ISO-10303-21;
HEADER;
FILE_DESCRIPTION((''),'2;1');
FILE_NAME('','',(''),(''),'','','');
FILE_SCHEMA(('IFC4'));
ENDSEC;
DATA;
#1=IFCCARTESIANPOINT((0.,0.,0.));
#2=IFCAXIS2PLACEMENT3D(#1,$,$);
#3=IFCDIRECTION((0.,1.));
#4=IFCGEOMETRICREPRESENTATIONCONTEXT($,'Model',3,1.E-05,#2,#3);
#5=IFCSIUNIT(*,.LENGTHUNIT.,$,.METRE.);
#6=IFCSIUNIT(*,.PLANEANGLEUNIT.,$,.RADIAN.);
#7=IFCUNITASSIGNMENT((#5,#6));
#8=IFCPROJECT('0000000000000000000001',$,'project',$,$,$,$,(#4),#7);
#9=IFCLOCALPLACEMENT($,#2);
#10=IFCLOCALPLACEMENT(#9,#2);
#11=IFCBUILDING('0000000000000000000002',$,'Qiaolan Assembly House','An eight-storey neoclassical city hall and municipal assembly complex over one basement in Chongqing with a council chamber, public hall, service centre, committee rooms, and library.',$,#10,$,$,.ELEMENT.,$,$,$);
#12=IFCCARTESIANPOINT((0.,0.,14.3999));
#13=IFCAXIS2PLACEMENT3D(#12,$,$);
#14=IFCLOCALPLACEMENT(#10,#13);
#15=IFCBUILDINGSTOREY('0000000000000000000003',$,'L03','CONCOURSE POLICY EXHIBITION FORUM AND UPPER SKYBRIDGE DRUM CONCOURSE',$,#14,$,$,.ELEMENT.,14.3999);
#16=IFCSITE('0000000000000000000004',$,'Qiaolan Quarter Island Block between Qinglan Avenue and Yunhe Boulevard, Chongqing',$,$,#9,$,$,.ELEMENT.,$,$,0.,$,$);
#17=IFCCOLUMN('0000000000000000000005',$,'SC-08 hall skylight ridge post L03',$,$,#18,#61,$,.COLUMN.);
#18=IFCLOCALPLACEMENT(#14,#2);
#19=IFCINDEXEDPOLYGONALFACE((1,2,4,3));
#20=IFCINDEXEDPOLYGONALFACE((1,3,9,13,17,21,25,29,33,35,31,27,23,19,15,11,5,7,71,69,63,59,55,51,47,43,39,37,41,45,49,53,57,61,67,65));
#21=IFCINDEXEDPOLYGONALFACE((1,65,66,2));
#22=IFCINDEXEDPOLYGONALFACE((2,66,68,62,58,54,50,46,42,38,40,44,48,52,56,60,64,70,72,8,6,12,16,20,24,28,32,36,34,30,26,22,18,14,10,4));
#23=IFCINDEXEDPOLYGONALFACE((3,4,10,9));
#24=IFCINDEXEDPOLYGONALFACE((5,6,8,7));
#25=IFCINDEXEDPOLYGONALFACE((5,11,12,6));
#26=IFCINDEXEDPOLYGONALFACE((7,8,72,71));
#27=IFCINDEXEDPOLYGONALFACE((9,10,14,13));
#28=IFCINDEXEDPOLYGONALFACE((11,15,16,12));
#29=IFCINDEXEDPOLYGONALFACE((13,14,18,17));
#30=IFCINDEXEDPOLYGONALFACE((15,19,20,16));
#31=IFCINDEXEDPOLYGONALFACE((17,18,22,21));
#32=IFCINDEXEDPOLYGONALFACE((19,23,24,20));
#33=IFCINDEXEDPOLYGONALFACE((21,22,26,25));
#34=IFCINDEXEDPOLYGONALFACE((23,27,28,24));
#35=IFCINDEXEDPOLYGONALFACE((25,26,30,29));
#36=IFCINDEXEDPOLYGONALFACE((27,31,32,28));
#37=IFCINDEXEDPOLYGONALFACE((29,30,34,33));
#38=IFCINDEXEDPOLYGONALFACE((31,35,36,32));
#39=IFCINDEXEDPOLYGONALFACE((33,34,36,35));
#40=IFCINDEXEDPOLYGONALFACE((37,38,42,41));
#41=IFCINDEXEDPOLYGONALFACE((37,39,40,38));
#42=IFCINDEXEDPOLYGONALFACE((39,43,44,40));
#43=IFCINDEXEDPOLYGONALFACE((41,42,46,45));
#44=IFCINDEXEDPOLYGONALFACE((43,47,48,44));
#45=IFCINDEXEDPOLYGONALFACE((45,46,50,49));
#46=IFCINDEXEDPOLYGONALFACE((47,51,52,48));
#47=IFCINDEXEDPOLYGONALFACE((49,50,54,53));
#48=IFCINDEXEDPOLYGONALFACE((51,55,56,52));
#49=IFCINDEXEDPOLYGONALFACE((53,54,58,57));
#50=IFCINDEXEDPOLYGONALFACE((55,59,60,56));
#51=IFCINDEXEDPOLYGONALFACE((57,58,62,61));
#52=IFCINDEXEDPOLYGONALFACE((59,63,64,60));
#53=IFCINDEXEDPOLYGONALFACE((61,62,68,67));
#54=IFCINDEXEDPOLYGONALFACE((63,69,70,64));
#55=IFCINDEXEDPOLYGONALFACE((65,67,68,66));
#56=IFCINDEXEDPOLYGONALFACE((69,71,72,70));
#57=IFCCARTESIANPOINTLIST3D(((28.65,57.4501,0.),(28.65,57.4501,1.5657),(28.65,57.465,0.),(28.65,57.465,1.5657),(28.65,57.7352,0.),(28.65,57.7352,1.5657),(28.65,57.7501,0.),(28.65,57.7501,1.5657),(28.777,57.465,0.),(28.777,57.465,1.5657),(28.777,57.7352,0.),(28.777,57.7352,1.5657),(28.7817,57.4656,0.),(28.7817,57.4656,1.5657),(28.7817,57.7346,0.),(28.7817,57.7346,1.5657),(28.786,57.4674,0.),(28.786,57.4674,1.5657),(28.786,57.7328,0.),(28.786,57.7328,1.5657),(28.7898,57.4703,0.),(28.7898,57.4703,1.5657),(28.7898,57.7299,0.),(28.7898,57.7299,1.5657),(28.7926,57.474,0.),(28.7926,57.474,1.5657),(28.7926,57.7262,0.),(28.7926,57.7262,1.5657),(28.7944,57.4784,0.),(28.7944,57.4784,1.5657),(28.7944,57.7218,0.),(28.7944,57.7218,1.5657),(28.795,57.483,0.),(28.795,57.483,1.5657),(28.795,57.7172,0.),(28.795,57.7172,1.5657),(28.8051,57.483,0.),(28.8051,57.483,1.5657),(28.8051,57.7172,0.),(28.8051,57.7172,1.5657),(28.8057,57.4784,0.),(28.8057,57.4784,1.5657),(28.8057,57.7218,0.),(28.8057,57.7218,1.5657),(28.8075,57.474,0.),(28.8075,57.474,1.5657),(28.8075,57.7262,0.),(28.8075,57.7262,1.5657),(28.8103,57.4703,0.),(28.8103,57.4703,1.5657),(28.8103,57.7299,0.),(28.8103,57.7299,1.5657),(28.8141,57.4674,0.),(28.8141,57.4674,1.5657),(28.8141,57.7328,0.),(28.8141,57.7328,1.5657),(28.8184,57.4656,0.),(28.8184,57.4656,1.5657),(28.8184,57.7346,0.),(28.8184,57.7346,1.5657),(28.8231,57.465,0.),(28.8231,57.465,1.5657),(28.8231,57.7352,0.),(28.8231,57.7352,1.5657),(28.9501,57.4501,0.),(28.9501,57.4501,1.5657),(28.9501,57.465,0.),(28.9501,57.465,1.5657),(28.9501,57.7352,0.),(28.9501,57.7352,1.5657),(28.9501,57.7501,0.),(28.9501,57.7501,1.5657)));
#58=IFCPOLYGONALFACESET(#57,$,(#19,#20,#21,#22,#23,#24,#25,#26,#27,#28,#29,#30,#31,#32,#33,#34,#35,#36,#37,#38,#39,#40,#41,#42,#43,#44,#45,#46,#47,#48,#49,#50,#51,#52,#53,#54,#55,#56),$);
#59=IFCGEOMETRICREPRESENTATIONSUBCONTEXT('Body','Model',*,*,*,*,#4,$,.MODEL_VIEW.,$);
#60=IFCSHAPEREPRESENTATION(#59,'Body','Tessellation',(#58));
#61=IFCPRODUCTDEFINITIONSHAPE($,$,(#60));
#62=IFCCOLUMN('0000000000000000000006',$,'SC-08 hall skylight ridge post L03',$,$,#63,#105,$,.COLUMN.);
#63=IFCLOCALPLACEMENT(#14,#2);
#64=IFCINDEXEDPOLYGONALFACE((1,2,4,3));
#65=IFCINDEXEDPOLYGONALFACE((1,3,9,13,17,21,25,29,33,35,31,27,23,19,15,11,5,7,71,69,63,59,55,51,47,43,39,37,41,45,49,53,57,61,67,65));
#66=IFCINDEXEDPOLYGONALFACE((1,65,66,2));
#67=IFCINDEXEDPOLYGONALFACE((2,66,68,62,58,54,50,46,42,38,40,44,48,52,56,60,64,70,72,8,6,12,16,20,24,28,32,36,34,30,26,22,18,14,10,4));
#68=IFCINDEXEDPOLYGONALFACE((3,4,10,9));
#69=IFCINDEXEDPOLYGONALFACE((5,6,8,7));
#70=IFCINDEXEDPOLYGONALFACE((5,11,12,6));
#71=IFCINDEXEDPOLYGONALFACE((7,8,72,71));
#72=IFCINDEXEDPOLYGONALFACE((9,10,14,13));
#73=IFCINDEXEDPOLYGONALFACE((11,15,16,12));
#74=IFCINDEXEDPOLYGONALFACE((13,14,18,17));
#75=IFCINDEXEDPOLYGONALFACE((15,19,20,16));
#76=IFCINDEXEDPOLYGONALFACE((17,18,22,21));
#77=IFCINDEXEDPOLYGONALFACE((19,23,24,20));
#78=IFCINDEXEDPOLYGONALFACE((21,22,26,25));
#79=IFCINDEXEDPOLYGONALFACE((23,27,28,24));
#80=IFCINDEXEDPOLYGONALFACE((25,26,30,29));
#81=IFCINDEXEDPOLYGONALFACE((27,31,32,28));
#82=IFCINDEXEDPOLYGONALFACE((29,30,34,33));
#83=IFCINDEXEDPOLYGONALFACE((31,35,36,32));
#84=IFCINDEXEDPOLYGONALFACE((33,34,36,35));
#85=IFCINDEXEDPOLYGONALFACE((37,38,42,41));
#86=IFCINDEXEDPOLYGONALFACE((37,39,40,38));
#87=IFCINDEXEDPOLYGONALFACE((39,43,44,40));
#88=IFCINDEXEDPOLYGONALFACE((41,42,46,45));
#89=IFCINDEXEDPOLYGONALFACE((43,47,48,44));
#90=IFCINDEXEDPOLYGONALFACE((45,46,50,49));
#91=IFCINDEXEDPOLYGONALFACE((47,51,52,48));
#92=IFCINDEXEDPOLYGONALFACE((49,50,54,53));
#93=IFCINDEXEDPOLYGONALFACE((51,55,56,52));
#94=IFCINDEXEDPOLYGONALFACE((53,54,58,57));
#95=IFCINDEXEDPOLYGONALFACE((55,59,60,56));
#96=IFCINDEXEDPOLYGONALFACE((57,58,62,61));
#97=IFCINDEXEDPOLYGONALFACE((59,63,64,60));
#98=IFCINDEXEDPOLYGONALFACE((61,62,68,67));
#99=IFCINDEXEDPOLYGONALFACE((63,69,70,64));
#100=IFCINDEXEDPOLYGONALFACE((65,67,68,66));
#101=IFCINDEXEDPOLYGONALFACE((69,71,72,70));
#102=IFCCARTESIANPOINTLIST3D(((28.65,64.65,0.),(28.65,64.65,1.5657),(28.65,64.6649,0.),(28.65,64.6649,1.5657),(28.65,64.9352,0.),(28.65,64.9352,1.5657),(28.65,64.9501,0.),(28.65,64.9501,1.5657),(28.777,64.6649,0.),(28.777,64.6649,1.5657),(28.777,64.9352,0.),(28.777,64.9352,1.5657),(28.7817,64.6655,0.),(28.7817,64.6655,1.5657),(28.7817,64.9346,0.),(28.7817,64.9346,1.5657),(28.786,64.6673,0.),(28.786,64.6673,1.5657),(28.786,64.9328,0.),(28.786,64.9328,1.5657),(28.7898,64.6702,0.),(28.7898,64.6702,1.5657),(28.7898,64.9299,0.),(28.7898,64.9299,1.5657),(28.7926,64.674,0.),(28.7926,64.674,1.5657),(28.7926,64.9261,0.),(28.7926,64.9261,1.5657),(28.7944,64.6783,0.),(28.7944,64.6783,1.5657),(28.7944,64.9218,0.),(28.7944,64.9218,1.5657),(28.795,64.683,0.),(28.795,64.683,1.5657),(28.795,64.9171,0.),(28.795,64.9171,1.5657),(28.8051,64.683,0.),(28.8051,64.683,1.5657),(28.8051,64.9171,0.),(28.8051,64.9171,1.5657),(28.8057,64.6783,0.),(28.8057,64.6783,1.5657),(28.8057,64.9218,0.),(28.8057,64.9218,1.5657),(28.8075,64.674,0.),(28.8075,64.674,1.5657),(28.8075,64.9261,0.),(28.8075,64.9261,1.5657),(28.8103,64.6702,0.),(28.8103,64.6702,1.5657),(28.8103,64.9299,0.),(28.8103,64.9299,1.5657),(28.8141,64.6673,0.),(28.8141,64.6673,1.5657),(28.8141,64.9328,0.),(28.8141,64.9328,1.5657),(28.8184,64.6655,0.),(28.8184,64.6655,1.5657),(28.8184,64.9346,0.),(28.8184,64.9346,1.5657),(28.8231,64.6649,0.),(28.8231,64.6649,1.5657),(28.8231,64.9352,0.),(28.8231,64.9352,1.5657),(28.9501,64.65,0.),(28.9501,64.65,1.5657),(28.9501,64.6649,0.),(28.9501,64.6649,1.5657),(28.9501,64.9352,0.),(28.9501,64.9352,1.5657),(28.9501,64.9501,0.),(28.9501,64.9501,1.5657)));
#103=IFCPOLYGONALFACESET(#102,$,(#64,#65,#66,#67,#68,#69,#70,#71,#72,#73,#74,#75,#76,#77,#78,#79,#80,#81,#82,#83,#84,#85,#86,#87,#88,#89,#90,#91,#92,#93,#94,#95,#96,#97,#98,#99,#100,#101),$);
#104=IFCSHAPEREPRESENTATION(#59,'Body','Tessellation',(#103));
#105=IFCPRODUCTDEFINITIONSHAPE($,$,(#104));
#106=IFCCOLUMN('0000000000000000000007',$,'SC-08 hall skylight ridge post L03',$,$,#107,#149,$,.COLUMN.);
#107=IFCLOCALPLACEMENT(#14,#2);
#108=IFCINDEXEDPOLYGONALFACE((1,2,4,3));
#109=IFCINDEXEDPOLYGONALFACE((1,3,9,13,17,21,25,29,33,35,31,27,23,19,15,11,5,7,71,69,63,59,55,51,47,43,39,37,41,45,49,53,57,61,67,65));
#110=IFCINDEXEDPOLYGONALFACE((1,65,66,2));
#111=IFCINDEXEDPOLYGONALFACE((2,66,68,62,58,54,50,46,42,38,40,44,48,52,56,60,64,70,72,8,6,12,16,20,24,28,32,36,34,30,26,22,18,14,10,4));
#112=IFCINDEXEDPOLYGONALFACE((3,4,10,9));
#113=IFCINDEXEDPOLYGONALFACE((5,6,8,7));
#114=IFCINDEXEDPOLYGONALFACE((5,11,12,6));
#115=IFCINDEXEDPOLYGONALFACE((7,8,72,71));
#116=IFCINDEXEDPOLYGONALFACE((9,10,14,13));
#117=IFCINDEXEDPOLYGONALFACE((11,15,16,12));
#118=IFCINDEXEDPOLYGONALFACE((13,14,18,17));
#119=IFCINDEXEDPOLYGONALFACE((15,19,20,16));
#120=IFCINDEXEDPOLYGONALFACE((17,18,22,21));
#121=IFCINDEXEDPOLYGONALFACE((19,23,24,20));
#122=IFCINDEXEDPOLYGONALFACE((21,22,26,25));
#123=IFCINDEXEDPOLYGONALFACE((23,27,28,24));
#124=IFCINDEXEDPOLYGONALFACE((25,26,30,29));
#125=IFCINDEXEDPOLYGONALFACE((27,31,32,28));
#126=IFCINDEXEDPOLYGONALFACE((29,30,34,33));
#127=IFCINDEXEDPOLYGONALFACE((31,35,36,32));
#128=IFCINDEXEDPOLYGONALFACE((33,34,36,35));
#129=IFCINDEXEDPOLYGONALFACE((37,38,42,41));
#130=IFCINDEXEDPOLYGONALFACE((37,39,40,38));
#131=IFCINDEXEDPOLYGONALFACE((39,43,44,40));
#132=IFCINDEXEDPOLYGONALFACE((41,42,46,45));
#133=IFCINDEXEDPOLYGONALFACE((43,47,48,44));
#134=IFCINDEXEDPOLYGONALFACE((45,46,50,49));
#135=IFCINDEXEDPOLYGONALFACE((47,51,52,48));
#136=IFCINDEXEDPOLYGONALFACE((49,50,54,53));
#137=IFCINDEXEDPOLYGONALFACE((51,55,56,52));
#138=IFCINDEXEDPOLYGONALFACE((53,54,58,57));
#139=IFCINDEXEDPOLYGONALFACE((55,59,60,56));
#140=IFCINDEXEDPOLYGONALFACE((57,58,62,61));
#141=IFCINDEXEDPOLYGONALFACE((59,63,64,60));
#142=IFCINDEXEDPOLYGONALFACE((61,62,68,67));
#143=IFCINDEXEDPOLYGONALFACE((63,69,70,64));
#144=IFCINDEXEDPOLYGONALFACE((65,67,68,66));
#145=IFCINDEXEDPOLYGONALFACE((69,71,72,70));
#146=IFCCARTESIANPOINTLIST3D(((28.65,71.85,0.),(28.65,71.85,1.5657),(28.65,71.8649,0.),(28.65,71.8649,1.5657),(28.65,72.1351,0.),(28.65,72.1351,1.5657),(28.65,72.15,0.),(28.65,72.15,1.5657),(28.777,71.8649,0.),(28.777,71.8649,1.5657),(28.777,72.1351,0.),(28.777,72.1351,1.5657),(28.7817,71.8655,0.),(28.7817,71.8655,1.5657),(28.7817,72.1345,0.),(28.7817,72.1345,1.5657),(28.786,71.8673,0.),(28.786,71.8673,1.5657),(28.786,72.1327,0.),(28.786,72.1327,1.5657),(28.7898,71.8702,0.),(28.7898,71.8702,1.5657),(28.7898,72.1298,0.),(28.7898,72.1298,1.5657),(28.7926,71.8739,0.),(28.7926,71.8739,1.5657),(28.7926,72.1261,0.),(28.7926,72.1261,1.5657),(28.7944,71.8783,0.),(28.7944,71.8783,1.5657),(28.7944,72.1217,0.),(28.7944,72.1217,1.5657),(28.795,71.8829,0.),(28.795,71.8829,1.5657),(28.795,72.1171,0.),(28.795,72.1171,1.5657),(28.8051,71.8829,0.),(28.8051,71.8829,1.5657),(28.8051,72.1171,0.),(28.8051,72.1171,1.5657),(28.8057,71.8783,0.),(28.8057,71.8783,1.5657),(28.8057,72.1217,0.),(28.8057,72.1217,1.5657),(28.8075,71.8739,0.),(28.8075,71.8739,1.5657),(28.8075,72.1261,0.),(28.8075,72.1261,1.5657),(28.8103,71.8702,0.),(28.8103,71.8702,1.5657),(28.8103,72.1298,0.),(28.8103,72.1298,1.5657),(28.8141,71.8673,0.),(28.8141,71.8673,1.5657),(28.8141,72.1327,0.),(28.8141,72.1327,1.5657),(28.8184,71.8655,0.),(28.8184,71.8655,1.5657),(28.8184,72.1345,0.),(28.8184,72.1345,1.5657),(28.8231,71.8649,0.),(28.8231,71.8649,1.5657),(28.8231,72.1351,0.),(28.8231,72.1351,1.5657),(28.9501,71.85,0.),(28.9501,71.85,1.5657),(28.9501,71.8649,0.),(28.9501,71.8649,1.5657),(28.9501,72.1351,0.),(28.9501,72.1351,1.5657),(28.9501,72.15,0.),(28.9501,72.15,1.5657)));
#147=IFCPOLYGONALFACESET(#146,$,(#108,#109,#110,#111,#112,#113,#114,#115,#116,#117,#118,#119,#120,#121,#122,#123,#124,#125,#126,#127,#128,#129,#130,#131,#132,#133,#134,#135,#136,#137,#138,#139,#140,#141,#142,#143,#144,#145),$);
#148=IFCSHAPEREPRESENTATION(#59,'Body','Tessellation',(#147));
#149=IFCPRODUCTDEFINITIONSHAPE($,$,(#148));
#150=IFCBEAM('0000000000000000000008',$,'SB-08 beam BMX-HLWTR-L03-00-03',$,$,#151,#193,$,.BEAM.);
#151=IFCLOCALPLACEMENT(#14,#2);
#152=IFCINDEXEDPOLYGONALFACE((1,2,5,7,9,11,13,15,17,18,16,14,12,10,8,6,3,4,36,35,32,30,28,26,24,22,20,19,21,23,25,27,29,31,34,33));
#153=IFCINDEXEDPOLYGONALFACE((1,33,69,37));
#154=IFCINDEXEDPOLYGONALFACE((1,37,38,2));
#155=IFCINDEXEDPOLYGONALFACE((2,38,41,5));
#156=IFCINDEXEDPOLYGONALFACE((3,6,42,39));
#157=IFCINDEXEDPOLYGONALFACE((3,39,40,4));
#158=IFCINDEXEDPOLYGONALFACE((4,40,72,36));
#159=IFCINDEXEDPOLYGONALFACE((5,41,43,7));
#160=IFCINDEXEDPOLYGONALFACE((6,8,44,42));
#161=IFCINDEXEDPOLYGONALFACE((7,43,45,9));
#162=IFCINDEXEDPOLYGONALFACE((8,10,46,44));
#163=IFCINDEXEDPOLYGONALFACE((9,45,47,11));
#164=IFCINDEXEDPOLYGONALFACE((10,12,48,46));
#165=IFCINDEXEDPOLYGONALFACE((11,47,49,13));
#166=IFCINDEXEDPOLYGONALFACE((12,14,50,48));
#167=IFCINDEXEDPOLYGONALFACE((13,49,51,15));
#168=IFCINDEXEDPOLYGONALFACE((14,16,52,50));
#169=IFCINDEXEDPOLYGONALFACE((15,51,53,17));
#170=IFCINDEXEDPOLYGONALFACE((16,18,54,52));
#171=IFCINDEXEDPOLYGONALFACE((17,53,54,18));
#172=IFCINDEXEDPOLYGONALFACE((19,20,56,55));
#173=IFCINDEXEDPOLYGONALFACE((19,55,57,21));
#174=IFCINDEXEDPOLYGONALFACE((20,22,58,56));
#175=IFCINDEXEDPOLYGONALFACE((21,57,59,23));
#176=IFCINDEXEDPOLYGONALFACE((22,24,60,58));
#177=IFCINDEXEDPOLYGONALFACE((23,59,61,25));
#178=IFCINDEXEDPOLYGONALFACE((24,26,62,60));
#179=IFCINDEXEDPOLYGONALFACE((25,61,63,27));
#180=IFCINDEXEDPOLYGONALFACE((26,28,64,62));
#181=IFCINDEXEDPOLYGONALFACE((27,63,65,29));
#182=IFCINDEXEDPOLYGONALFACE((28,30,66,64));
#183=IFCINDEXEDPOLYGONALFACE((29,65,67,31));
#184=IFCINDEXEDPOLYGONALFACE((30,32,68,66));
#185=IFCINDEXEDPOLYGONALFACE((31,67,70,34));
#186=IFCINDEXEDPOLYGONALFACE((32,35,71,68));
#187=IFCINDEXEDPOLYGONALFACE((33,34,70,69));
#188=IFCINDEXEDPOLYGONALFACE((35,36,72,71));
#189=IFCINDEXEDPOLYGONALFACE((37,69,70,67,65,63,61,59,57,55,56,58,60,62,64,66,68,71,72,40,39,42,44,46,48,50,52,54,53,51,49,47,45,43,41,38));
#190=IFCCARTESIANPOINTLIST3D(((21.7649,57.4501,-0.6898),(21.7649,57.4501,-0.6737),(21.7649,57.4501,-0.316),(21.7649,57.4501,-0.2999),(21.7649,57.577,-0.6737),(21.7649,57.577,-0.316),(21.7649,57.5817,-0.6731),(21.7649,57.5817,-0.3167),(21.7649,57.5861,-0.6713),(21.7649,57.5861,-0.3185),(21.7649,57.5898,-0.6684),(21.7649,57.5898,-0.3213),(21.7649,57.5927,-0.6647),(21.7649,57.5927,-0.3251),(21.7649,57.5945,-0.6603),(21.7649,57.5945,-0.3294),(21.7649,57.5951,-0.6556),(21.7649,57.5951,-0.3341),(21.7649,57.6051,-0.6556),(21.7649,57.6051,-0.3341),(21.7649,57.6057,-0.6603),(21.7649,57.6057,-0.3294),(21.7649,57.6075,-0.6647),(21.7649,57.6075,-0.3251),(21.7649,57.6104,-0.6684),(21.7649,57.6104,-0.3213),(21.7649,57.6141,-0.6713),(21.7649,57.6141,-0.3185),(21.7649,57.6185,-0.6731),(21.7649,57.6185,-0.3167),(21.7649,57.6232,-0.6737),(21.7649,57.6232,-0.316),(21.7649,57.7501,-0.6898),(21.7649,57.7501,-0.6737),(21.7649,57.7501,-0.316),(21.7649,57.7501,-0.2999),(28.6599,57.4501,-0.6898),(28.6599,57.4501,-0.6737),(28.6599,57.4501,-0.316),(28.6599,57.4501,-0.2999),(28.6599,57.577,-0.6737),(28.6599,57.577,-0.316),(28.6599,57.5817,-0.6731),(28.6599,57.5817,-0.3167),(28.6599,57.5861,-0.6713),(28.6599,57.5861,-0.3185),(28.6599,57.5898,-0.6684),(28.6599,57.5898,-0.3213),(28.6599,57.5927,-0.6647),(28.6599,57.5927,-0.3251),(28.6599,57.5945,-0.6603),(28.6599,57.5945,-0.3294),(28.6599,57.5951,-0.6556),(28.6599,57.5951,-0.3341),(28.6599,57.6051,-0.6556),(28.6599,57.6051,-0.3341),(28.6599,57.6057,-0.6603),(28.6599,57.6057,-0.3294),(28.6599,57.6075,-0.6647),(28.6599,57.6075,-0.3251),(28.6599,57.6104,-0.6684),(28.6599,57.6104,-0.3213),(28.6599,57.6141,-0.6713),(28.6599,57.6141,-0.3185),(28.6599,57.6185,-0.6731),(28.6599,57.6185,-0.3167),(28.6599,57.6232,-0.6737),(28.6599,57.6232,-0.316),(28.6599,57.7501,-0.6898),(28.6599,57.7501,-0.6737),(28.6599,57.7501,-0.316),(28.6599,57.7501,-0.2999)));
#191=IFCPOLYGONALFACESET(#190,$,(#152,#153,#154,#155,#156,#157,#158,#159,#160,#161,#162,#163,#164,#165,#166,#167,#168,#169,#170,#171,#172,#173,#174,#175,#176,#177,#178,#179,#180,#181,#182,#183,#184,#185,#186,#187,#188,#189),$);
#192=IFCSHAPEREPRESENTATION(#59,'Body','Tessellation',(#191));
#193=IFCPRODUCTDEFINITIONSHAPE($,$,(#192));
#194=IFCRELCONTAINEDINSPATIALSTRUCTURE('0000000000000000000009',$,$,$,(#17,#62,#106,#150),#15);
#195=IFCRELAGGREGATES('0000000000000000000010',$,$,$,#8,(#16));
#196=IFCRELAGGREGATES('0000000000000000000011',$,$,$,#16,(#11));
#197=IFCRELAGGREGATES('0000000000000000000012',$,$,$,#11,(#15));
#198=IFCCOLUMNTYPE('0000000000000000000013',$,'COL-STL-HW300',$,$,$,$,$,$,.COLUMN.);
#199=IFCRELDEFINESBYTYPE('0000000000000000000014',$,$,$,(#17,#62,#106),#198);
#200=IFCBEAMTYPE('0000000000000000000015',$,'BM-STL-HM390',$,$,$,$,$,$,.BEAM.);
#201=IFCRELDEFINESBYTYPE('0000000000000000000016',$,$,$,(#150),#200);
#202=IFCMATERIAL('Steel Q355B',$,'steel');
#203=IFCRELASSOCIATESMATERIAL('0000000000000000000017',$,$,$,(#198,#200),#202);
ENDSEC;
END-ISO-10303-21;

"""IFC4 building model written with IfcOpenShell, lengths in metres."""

from ifc_helpers import new_model, si_unit, direction, frame, origin, origin_2d, place, context, subcontext, project, spatial, i_section, extrude, material, material_profile, profile_set, type_object, element, save


model = new_model("IFC4")

# Units and contexts
model_context = context("Model", 3, precision=1e-05, world=origin(), true_north=direction((0.0, 1.0)))
body_context = subcontext(model_context, "Body", "Model", "MODEL_VIEW")
ifc_project = project(units=[si_unit("LENGTHUNIT", "METRE"), si_unit("PLANEANGLEUNIT", "RADIAN")], contexts=[model_context])

# Site, building, storey
site_placement = place(None, origin())
site = spatial("IfcSite", under=ifc_project, at=site_placement, Name="Qiaolan Quarter Island Block between Qinglan Avenue and Yunhe Boulevard, Chongqing", CompositionType="ELEMENT", RefElevation=0.0)
building_placement = place(site_placement, origin())
building = spatial("IfcBuilding", under=site, at=building_placement, Name="Qiaolan Assembly House", Description="An eight-storey neoclassical city hall and municipal assembly complex over one basement in Chongqing with a council chamber, public hall, service centre, committee rooms, and library.", CompositionType="ELEMENT")
storey_placement = place(building_placement, frame((0.0, 0.0, 14.3999)))
storey = spatial("IfcBuildingStorey", under=building, at=storey_placement, Name="L03", Description="CONCOURSE POLICY EXHIBITION FORUM AND UPPER SKYBRIDGE DRUM CONCOURSE", CompositionType="ELEMENT", Elevation=14.3999)

# Columns
ifc_material = material(Name="Steel Q355B", Category="steel")
ifc_material_profile_1 = material_profile(ifc_material, i_section(OverallWidth=0.3, OverallDepth=0.3, WebThickness=0.01, FlangeThickness=0.0149, FilletRadius=0.0181, at=origin_2d()), Name="HW 300x300x10x15")
ifc_profile_set_1 = profile_set([ifc_material_profile_1], Name="Steel Q355B")
column_type = type_object("IfcColumnType", Name="COL-STL-HW300", PredefinedType="COLUMN", material=ifc_profile_set_1)
for number, where, z_axis, x_axis, name in (
    (1, (28.8, 57.6001, 0.0), (0.0, 0.0, 1.0), (1.0, 0.0, 0.0), "SC-08 hall skylight ridge post L03"),
    (2, (28.8, 64.8, 0.0), (0.0, 0.0, 1.0), (1.0, 0.0, 0.0), "SC-08 hall skylight ridge post L03"),
    (3, (28.8, 72.0, 0.0), (0.0, 0.0, 1.0), (1.0, 0.0, 0.0), "SC-08 hall skylight ridge post L03"),
):
    element("IfcColumn", number, at=place(storey_placement, frame(where, z_axis=z_axis, x_axis=x_axis)), inside=storey, type_object=column_type, Name=name, PredefinedType="COLUMN", context=body_context, shape_type="SweptSolid", body=[
        extrude(i_section(OverallWidth=0.3, OverallDepth=0.3, WebThickness=0.01, FlangeThickness=0.0149, FilletRadius=0.0181, at=origin_2d()), origin(), (0.0, 0.0, 1.0), 1.5657),
    ])

# Beam
ifc_material_profile_2 = material_profile(ifc_material, i_section(OverallWidth=0.3, OverallDepth=0.3899, WebThickness=0.01, FlangeThickness=0.0161, FilletRadius=0.0181, at=origin_2d()), Name="HM 390x300x10x16")
ifc_profile_set_2 = profile_set([ifc_material_profile_2], Name="Steel Q355B")
beam_type_1 = type_object("IfcBeamType", Name="BM-STL-HM390", PredefinedType="BEAM", material=ifc_profile_set_2)
beam_1_placement = place(storey_placement, frame((21.7649, 57.6001, -0.4949), z_axis=(1.0, 0.0, 0.0), x_axis=(0.0, 1.0, 0.0)))
element("IfcBeam", 4, at=beam_1_placement, inside=storey, type_object=beam_type_1, Name="SB-08 beam BMX-HLWTR-L03-00-03", PredefinedType="BEAM", context=body_context, shape_type="SweptSolid", body=[
    extrude(i_section(OverallWidth=0.3, OverallDepth=0.3899, WebThickness=0.01, FlangeThickness=0.0161, FilletRadius=0.0181, at=origin_2d()), origin(), (0.0, 0.0, 1.0), 6.895),
])

save(model, "model.ifc")
